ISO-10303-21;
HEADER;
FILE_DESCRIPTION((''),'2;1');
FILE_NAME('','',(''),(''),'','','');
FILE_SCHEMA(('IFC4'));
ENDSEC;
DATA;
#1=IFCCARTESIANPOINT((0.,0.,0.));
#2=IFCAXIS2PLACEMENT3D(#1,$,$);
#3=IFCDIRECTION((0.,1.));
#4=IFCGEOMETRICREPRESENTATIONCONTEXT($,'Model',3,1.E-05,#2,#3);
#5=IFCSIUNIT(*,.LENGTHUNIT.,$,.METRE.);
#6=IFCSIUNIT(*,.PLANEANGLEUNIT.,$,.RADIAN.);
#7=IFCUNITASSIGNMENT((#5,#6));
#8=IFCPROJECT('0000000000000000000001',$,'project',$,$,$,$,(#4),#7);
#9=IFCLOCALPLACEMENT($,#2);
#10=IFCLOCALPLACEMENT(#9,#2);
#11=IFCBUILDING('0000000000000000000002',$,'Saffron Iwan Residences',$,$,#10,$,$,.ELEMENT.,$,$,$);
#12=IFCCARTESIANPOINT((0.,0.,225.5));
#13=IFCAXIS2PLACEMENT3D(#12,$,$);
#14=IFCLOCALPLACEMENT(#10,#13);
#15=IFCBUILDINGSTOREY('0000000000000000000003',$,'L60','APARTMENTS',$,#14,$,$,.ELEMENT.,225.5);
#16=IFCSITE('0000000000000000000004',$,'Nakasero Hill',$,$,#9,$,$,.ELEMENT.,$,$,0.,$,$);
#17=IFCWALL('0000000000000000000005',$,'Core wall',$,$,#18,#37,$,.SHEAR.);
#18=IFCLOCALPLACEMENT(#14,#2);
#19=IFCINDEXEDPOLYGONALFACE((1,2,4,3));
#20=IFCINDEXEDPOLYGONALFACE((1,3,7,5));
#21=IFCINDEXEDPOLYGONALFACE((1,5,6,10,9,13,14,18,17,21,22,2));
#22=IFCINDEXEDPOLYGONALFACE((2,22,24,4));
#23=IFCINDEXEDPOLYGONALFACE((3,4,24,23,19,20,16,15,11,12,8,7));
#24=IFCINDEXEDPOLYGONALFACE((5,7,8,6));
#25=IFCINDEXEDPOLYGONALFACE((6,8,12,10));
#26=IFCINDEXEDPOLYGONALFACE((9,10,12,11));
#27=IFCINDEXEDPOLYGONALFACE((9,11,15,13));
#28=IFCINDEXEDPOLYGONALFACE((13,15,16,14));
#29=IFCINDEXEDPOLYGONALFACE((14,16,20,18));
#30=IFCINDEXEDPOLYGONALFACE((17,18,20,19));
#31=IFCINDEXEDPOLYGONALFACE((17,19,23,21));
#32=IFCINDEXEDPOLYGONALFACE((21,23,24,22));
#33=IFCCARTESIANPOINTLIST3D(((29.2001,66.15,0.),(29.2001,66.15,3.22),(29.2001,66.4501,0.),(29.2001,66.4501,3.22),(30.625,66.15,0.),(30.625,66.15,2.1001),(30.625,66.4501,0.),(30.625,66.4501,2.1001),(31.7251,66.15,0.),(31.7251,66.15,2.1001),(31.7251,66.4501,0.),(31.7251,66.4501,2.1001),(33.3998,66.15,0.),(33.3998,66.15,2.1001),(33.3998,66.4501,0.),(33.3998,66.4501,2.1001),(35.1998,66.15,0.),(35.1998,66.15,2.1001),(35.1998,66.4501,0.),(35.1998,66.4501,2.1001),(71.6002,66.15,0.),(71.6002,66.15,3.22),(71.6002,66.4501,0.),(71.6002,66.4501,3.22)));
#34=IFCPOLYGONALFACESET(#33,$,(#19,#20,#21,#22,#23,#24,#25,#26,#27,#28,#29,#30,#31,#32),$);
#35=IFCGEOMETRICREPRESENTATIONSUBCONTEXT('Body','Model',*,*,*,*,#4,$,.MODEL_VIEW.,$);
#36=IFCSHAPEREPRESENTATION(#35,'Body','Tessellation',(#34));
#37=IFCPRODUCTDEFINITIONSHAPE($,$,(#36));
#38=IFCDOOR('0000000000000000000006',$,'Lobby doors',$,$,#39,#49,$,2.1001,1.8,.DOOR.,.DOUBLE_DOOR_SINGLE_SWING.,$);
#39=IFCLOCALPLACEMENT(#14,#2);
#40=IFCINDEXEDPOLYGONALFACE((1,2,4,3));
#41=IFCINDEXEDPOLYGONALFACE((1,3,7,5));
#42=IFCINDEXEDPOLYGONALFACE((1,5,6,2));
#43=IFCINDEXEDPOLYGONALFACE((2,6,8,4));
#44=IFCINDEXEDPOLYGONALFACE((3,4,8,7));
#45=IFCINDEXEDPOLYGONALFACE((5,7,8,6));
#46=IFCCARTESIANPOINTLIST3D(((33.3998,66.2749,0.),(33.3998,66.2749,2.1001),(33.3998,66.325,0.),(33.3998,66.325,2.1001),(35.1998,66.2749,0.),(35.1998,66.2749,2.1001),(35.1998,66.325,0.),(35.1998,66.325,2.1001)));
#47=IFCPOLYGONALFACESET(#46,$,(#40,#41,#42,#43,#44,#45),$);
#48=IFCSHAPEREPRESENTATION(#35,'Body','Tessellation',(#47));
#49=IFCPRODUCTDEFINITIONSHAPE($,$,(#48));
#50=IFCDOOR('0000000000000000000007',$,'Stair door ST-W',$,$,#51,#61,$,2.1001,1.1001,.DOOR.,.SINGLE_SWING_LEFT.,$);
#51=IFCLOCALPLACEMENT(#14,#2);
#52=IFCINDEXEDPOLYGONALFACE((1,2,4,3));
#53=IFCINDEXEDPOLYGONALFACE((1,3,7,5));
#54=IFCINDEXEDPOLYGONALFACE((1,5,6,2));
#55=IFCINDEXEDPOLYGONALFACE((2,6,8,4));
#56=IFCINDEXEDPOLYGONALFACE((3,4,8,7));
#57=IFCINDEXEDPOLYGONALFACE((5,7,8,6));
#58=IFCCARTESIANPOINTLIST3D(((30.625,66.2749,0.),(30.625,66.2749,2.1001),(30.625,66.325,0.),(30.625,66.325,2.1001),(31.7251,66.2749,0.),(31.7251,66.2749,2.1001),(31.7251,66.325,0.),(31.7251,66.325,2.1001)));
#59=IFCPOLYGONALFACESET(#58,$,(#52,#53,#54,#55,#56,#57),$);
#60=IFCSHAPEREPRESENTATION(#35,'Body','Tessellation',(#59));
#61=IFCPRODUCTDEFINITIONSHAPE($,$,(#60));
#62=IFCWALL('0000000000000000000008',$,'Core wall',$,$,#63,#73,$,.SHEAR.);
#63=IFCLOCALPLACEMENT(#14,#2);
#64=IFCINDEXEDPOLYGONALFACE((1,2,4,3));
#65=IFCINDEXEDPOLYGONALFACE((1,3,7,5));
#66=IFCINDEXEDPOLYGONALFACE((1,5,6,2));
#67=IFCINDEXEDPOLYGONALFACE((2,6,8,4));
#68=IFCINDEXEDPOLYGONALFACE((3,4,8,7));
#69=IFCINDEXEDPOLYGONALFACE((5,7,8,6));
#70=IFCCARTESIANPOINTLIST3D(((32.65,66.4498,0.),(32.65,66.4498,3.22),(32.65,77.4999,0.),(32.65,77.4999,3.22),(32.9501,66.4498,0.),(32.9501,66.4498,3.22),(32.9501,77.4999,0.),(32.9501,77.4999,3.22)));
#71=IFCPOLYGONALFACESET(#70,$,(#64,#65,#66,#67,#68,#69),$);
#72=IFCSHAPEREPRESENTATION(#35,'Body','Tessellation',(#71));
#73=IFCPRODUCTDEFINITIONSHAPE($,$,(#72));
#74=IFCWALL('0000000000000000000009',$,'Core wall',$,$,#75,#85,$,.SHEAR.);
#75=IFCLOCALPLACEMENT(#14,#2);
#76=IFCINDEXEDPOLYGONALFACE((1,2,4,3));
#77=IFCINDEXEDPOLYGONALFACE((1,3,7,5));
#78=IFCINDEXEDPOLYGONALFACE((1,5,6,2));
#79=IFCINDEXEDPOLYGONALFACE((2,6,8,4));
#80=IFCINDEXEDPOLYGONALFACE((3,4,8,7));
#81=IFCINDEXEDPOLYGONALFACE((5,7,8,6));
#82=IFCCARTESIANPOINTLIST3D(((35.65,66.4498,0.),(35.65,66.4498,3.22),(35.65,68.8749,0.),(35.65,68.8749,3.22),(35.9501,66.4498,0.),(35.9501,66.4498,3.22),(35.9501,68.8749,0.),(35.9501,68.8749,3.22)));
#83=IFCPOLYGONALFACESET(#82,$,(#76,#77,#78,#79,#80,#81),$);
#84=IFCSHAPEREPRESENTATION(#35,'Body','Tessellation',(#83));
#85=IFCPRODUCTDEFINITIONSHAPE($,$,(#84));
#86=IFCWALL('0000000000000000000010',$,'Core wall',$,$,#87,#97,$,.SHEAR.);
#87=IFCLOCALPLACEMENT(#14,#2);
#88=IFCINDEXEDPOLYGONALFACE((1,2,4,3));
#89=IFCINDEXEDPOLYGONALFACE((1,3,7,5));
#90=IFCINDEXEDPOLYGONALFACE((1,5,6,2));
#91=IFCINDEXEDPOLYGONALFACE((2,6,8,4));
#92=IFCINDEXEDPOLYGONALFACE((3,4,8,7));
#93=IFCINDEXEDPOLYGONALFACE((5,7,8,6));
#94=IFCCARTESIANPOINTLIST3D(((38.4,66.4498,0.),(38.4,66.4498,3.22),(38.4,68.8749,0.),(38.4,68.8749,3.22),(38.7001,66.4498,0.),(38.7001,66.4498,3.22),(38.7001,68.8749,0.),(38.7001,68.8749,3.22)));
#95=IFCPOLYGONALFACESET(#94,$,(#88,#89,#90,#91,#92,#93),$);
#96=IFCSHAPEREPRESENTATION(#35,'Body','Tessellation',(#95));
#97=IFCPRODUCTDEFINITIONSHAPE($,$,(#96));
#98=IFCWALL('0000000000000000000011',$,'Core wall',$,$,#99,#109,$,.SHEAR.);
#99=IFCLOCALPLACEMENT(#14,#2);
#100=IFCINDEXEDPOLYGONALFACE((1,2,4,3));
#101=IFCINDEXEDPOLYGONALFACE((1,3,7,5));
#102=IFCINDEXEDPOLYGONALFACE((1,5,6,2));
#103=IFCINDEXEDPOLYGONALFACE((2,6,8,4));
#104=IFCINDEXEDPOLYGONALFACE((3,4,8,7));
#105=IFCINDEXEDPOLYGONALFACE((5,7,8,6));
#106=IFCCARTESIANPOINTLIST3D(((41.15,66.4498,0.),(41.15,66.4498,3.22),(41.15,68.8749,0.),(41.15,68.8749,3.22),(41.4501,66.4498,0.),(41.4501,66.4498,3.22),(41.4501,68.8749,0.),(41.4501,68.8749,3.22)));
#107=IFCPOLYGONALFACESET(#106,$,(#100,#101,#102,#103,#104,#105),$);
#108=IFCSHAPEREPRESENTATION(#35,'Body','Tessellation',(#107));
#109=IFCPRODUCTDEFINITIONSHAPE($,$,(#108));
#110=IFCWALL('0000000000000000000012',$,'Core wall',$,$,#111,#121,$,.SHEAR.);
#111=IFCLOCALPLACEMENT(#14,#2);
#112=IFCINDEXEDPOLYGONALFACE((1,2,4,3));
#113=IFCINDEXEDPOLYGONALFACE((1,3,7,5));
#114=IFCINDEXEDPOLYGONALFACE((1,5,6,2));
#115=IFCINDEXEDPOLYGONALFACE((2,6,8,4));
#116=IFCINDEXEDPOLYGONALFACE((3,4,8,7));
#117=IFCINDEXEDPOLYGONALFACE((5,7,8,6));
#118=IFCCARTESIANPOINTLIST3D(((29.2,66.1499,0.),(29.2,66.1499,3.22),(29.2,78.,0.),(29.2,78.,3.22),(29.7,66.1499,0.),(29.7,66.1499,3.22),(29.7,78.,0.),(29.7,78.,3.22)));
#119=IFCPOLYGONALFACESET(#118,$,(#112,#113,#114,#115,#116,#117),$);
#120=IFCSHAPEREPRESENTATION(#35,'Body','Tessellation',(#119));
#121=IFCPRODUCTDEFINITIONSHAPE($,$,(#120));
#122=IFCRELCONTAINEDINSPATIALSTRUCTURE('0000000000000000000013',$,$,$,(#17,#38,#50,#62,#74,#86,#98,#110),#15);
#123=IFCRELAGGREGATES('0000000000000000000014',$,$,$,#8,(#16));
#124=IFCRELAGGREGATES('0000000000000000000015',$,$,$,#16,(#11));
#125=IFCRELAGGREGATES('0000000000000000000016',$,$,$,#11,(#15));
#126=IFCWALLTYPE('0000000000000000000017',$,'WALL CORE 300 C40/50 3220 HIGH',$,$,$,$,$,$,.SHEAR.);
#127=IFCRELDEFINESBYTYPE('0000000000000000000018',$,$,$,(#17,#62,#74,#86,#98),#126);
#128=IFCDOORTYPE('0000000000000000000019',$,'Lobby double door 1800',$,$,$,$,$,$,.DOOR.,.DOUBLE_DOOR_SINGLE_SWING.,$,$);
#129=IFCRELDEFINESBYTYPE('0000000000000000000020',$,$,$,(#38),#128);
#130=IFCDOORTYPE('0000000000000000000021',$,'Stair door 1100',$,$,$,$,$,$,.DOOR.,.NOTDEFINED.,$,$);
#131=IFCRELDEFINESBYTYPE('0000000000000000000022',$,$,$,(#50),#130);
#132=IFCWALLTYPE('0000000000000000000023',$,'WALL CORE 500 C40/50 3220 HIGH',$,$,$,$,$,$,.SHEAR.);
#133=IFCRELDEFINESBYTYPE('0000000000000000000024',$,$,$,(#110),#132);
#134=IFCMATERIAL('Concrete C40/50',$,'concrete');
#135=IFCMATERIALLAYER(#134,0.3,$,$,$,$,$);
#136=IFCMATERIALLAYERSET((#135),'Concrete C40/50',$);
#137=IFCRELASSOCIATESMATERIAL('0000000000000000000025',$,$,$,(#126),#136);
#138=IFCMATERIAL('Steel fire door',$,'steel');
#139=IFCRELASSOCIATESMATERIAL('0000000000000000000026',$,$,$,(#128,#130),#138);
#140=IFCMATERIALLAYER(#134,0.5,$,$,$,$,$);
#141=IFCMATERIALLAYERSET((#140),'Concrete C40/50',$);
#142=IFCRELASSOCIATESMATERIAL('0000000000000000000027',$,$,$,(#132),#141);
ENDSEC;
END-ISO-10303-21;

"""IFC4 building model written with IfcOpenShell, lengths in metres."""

from ifc_helpers import new_model, si_unit, direction, frame, frame_2d, origin, place, context, subcontext, project, spatial, rectangle, extrude, material, layer, layer_set, type_object, element, fill, save


model = new_model("IFC4")

# Units and contexts
model_context = context("Model", 3, precision=1e-05, world=origin(), true_north=direction((0.0, 1.0)))
body_context = subcontext(model_context, "Body", "Model", "MODEL_VIEW")
ifc_project = project(units=[si_unit("LENGTHUNIT", "METRE"), si_unit("PLANEANGLEUNIT", "RADIAN")], contexts=[model_context])

# Site, building, storey
site_placement = place(None, origin())
site = spatial("IfcSite", under=ifc_project, at=site_placement, Name="Nakasero Hill", CompositionType="ELEMENT", RefElevation=0.0)
building_placement = place(site_placement, origin())
building = spatial("IfcBuilding", under=site, at=building_placement, Name="Saffron Iwan Residences", CompositionType="ELEMENT")
storey_placement = place(building_placement, frame((0.0, 0.0, 225.5)))
storey = spatial("IfcBuildingStorey", under=building, at=storey_placement, Name="L60", Description="APARTMENTS", CompositionType="ELEMENT", Elevation=225.5)

# Shared definitions
ifc_material_1 = material(Name="Concrete C40/50", Category="concrete")

# Shared definitions
ifc_material_2 = material(Name="Steel fire door", Category="steel")

# Wall, openings, doors
ifc_layer_1 = layer(ifc_material_1, 0.3)
ifc_layer_set_1 = layer_set([ifc_layer_1], Name="Concrete C40/50")
wall_type_1 = type_object("IfcWallType", Name="WALL CORE 300 C40/50 3220 HIGH", PredefinedType="SHEAR", material=ifc_layer_set_1)
wall_1_placement = place(storey_placement, frame((29.2, 66.3, 0.0), z_axis=(0.0, 0.0, 1.0), x_axis=(1.0, 0.0, 0.0)))
wall_1 = element("IfcWall", 1, at=wall_1_placement, inside=storey, type_object=wall_type_1, Name="Core wall", PredefinedType="SHEAR", context=body_context, shape_type="SweptSolid", body=[
    extrude(rectangle(XDim=42.4001, YDim=0.3, at=frame_2d((21.2002, 0.0))), origin(), (0.0, 0.0, 1.0), 3.22),
])
opening_1_placement = place(wall_1_placement, frame((1.425, 0.0, 0.0)))
opening_1 = element("IfcOpeningElement", 2, at=opening_1_placement, cuts=wall_1, PredefinedType="OPENING", context=body_context, shape_type="SweptSolid", body=[
    extrude(rectangle(XDim=1.1001, YDim=2.1001, at=frame_2d((0.55, 1.05))), frame((0.0, 0.1602, 0.0), z_axis=(0.0, -1.0, 0.0), x_axis=(1.0, 0.0, 0.0)), (0.0, 0.0, 1.0), 0.3201),
])
opening_2_placement = place(wall_1_placement, frame((4.2, 0.0, 0.0)))
opening_2 = element("IfcOpeningElement", 3, at=opening_2_placement, cuts=wall_1, PredefinedType="OPENING", context=body_context, shape_type="SweptSolid", body=[
    extrude(rectangle(XDim=1.8, YDim=2.1001, at=frame_2d((0.8999, 1.05))), frame((0.0, 0.1602, 0.0), z_axis=(0.0, -1.0, 0.0), x_axis=(1.0, 0.0, 0.0)), (0.0, 0.0, 1.0), 0.3201),
])
door_type_1 = type_object("IfcDoorType", Name="Lobby double door 1800", OperationType="DOUBLE_DOOR_SINGLE_SWING", PredefinedType="DOOR", material=ifc_material_2)
door_1_placement = place(opening_2_placement, origin())
door_1 = element("IfcDoor", 4, at=door_1_placement, inside=storey, type_object=door_type_1, Name="Lobby doors", OperationType="DOUBLE_DOOR_SINGLE_SWING", OverallHeight=2.1001, OverallWidth=1.8, PredefinedType="DOOR", context=body_context, shape_type="SweptSolid", body=[
    extrude(rectangle(XDim=1.8, YDim=2.1001, at=frame_2d((0.8999, 1.05))), frame((0.0, 0.0249, 0.0), z_axis=(0.0, -1.0, 0.0), x_axis=(1.0, 0.0, 0.0)), (0.0, 0.0, 1.0), 0.05),
])
fill(opening_2, door_1)
door_type_2 = type_object("IfcDoorType", Name="Stair door 1100", OperationType="NOTDEFINED", PredefinedType="DOOR", material=ifc_material_2)
door_2_placement = place(opening_1_placement, origin())
door_2 = element("IfcDoor", 5, at=door_2_placement, inside=storey, type_object=door_type_2, Name="Stair door ST-W", OperationType="SINGLE_SWING_LEFT", OverallHeight=2.1001, OverallWidth=1.1001, PredefinedType="DOOR", context=body_context, shape_type="SweptSolid", body=[
    extrude(rectangle(XDim=1.1001, YDim=2.1001, at=frame_2d((0.55, 1.05))), frame((0.0, 0.0249, 0.0), z_axis=(0.0, -1.0, 0.0), x_axis=(1.0, 0.0, 0.0)), (0.0, 0.0, 1.0), 0.05),
])
fill(opening_1, door_2)

# Walls
wall_2_placement = place(storey_placement, frame((32.8, 66.45, 0.0), z_axis=(0.0, 0.0, 1.0), x_axis=(0.0, 1.0, 0.0)))
element("IfcWall", 6, at=wall_2_placement, inside=storey, type_object=wall_type_1, Name="Core wall", PredefinedType="SHEAR", context=body_context, shape_type="SweptSolid", body=[
    extrude(rectangle(XDim=11.05, YDim=0.3, at=frame_2d((5.5249, 0.0))), origin(), (0.0, 0.0, 1.0), 3.22),
])
for number, where, z_axis, x_axis, name in (
    (7, (35.8, 66.45, 0.0), (0.0, 0.0, 1.0), (0.0, 1.0, 0.0), "Core wall"),
    (8, (38.55, 66.45, 0.0), (0.0, 0.0, 1.0), (0.0, 1.0, 0.0), "Core wall"),
    (9, (41.3, 66.45, 0.0), (0.0, 0.0, 1.0), (0.0, 1.0, 0.0), "Core wall"),
):
    element("IfcWall", number, at=place(storey_placement, frame(where, z_axis=z_axis, x_axis=x_axis)), inside=storey, type_object=wall_type_1, Name=name, PredefinedType="SHEAR", context=body_context, shape_type="SweptSolid", body=[
        extrude(rectangle(XDim=2.425, YDim=0.3, at=frame_2d((1.2124, 0.0))), origin(), (0.0, 0.0, 1.0), 3.22),
    ])
ifc_layer_2 = layer(ifc_material_1, 0.5)
ifc_layer_set_2 = layer_set([ifc_layer_2], Name="Concrete C40/50")
wall_type_2 = type_object("IfcWallType", Name="WALL CORE 500 C40/50 3220 HIGH", PredefinedType="SHEAR", material=ifc_layer_set_2)
wall_3_placement = place(storey_placement, frame((29.45, 66.1499, 0.0), z_axis=(0.0, 0.0, 1.0), x_axis=(0.0, 1.0, 0.0)))
element("IfcWall", 10, at=wall_3_placement, inside=storey, type_object=wall_type_2, Name="Core wall", PredefinedType="SHEAR", context=body_context, shape_type="SweptSolid", body=[
    extrude(rectangle(XDim=11.8501, YDim=0.5, at=frame_2d((5.925, 0.0))), origin(), (0.0, 0.0, 1.0), 3.22),
])

save(model, "model.ifc")
